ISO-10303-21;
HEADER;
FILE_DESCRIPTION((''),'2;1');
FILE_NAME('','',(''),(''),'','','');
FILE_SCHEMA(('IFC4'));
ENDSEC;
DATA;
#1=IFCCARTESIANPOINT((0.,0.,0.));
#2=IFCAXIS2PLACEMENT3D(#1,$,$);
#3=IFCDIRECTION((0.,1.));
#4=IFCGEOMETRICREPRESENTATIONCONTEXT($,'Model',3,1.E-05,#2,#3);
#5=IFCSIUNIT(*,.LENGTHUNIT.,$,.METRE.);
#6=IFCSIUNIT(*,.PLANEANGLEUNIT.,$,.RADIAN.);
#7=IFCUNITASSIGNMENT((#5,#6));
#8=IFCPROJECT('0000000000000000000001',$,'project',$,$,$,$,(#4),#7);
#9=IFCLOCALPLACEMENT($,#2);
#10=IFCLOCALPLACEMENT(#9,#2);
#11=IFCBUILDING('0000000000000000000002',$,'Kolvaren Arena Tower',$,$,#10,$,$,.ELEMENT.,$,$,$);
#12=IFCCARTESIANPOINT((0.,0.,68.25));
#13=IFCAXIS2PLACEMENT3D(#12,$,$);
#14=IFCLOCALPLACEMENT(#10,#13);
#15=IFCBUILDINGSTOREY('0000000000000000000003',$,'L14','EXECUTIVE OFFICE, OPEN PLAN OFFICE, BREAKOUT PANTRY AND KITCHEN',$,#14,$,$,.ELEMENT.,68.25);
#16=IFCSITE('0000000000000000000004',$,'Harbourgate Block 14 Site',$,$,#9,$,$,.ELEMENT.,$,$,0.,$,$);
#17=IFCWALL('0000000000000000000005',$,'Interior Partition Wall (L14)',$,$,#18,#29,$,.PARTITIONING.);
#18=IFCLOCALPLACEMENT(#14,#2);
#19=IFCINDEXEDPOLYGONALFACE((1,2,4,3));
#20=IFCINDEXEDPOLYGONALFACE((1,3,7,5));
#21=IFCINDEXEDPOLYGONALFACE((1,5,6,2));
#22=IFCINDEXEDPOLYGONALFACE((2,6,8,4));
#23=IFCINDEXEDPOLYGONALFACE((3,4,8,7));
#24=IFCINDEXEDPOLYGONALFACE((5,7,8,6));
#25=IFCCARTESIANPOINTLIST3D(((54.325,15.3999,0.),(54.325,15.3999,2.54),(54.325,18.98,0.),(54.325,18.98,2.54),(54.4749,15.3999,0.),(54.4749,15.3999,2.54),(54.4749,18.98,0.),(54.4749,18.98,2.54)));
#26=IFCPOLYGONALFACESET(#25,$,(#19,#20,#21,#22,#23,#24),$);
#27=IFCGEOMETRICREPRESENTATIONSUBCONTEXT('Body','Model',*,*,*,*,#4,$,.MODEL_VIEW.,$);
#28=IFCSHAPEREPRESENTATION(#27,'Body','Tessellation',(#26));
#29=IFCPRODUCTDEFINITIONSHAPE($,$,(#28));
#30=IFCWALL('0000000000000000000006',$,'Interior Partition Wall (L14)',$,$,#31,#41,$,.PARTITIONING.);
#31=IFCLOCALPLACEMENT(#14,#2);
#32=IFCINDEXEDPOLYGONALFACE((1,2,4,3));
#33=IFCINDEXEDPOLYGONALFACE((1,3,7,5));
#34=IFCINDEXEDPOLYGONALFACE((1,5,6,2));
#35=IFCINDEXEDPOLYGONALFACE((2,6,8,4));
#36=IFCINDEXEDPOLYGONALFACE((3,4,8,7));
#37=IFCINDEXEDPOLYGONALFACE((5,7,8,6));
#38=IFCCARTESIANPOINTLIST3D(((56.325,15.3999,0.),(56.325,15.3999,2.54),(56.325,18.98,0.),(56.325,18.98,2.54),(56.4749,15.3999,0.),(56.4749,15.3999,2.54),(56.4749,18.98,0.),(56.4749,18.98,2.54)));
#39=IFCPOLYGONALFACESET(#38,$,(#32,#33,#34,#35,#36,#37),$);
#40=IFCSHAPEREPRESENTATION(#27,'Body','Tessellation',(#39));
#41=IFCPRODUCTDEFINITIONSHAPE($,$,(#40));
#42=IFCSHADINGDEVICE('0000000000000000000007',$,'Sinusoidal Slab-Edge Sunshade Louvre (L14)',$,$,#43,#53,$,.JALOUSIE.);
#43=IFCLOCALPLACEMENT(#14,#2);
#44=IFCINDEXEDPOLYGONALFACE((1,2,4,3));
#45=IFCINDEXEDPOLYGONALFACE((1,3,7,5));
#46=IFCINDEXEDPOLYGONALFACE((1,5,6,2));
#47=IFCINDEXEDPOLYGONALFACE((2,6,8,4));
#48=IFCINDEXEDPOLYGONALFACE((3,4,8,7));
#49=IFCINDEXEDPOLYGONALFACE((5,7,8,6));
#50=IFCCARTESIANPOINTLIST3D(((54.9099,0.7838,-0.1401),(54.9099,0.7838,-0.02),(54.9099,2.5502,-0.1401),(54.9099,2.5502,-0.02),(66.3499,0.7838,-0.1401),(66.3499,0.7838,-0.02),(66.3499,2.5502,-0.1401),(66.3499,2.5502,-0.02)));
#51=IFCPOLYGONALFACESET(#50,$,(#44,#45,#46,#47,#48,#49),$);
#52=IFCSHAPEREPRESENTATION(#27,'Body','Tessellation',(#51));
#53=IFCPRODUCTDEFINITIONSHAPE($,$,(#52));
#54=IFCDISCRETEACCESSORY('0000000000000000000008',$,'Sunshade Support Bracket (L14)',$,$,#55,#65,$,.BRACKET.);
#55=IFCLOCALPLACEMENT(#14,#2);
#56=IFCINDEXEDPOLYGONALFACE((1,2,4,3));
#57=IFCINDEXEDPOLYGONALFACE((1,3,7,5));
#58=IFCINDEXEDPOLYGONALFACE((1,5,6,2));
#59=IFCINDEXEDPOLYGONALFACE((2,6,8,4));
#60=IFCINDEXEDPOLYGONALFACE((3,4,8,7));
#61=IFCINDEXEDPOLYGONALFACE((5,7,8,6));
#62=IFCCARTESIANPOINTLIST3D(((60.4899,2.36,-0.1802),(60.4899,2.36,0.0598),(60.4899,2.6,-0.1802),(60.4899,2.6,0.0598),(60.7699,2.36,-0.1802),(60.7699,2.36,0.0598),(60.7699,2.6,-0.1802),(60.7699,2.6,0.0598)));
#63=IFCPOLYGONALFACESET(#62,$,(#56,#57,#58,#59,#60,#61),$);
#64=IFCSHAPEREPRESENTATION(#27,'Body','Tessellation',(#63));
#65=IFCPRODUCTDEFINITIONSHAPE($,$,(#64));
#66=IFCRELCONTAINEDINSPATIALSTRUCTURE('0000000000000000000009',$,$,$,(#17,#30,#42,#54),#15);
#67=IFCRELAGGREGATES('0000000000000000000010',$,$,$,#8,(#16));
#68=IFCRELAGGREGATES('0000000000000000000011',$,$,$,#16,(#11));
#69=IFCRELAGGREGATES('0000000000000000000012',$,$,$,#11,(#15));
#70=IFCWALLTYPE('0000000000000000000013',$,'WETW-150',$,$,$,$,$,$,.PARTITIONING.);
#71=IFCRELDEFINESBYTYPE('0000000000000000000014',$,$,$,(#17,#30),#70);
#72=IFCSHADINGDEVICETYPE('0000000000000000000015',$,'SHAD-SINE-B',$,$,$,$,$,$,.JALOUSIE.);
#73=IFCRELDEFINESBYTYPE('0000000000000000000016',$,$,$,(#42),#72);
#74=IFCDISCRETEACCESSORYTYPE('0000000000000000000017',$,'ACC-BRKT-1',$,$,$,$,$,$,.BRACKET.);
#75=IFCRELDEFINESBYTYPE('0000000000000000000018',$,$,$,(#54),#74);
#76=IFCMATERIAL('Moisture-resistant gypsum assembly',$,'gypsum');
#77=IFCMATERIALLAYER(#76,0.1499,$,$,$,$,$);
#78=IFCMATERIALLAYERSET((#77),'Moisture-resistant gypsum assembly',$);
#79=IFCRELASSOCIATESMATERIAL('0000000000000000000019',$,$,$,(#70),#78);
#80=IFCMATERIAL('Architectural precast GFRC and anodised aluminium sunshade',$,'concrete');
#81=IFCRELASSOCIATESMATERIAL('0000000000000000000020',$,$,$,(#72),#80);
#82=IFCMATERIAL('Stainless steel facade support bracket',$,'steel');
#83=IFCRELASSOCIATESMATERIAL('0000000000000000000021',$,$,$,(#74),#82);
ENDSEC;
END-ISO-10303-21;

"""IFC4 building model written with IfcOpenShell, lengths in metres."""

from ifc_helpers import new_model, si_unit, direction, frame, frame_2d, origin, origin_2d, place, context, subcontext, project, spatial, rectangle, extrude, material, layer, layer_set, type_object, element, save


model = new_model("IFC4")

# Units and contexts
model_context = context("Model", 3, precision=1e-05, world=origin(), true_north=direction((0.0, 1.0)))
body_context = subcontext(model_context, "Body", "Model", "MODEL_VIEW")
ifc_project = project(units=[si_unit("LENGTHUNIT", "METRE"), si_unit("PLANEANGLEUNIT", "RADIAN")], contexts=[model_context])

# Site, building, storey
site_placement = place(None, origin())
site = spatial("IfcSite", under=ifc_project, at=site_placement, Name="Harbourgate Block 14 Site", CompositionType="ELEMENT", RefElevation=0.0)
building_placement = place(site_placement, origin())
building = spatial("IfcBuilding", under=site, at=building_placement, Name="Kolvaren Arena Tower", CompositionType="ELEMENT")
storey_placement = place(building_placement, frame((0.0, 0.0, 68.25)))
storey = spatial("IfcBuildingStorey", under=building, at=storey_placement, Name="L14", Description="EXECUTIVE OFFICE, OPEN PLAN OFFICE, BREAKOUT PANTRY AND KITCHEN", CompositionType="ELEMENT", Elevation=68.25)

# Walls
ifc_material_1 = material(Name="Moisture-resistant gypsum assembly", Category="gypsum")
ifc_layer_1 = layer(ifc_material_1, 0.1499)
ifc_layer_set_1 = layer_set([ifc_layer_1], Name="Moisture-resistant gypsum assembly")
wall_type_1 = type_object("IfcWallType", Name="WETW-150", PredefinedType="PARTITIONING", material=ifc_layer_set_1)
for number, where, z_axis, x_axis, name in (
    (1, (54.3999, 15.3999, 0.0), (0.0, 0.0, 1.0), (0.0, 1.0, 0.0), "Interior Partition Wall (L14)"),
    (2, (56.3999, 15.3999, 0.0), (0.0, 0.0, 1.0), (0.0, 1.0, 0.0), "Interior Partition Wall (L14)"),
):
    element("IfcWall", number, at=place(storey_placement, frame(where, z_axis=z_axis, x_axis=x_axis)), inside=storey, type_object=wall_type_1, Name=name, PredefinedType="PARTITIONING", context=body_context, shape_type="SweptSolid", body=[
        extrude(rectangle(XDim=3.5801, YDim=0.1499, at=frame_2d((1.79, 0.0))), origin(), (0.0, 0.0, 1.0), 2.54),
    ])

# Shading device
ifc_material_2 = material(Name="Architectural precast GFRC and anodised aluminium sunshade", Category="concrete")
shading_device_type = type_object("IfcShadingDeviceType", Name="SHAD-SINE-B", PredefinedType="JALOUSIE", material=ifc_material_2)
shading_device_placement = place(storey_placement, frame((60.6299, 1.667, -0.1401), z_axis=(0.0, 0.0, 1.0), x_axis=(-1.0, 0.0, 0.0)))
element("IfcShadingDevice", 3, at=shading_device_placement, inside=storey, type_object=shading_device_type, Name="Sinusoidal Slab-Edge Sunshade Louvre (L14)", PredefinedType="JALOUSIE", context=body_context, shape_type="SweptSolid", body=[
    extrude(rectangle(XDim=11.4399, YDim=1.7664, at=origin_2d()), origin(), (0.0, 0.0, 1.0), 0.1201),
])

# Discrete accessory
ifc_material_3 = material(Name="Stainless steel facade support bracket", Category="steel")
discrete_accessory_type = type_object("IfcDiscreteAccessoryType", Name="ACC-BRKT-1", PredefinedType="BRACKET", material=ifc_material_3)
discrete_accessory_placement = place(storey_placement, frame((60.6299, 2.48, -0.1802), z_axis=(0.0, 0.0, 1.0), x_axis=(-1.0, 0.0, 0.0)))
element("IfcDiscreteAccessory", 4, at=discrete_accessory_placement, inside=storey, type_object=discrete_accessory_type, Name="Sunshade Support Bracket (L14)", PredefinedType="BRACKET", context=body_context, shape_type="SweptSolid", body=[
    extrude(rectangle(XDim=0.28, YDim=0.24, at=origin_2d()), origin(), (0.0, 0.0, 1.0), 0.24),
])

save(model, "model.ifc")
